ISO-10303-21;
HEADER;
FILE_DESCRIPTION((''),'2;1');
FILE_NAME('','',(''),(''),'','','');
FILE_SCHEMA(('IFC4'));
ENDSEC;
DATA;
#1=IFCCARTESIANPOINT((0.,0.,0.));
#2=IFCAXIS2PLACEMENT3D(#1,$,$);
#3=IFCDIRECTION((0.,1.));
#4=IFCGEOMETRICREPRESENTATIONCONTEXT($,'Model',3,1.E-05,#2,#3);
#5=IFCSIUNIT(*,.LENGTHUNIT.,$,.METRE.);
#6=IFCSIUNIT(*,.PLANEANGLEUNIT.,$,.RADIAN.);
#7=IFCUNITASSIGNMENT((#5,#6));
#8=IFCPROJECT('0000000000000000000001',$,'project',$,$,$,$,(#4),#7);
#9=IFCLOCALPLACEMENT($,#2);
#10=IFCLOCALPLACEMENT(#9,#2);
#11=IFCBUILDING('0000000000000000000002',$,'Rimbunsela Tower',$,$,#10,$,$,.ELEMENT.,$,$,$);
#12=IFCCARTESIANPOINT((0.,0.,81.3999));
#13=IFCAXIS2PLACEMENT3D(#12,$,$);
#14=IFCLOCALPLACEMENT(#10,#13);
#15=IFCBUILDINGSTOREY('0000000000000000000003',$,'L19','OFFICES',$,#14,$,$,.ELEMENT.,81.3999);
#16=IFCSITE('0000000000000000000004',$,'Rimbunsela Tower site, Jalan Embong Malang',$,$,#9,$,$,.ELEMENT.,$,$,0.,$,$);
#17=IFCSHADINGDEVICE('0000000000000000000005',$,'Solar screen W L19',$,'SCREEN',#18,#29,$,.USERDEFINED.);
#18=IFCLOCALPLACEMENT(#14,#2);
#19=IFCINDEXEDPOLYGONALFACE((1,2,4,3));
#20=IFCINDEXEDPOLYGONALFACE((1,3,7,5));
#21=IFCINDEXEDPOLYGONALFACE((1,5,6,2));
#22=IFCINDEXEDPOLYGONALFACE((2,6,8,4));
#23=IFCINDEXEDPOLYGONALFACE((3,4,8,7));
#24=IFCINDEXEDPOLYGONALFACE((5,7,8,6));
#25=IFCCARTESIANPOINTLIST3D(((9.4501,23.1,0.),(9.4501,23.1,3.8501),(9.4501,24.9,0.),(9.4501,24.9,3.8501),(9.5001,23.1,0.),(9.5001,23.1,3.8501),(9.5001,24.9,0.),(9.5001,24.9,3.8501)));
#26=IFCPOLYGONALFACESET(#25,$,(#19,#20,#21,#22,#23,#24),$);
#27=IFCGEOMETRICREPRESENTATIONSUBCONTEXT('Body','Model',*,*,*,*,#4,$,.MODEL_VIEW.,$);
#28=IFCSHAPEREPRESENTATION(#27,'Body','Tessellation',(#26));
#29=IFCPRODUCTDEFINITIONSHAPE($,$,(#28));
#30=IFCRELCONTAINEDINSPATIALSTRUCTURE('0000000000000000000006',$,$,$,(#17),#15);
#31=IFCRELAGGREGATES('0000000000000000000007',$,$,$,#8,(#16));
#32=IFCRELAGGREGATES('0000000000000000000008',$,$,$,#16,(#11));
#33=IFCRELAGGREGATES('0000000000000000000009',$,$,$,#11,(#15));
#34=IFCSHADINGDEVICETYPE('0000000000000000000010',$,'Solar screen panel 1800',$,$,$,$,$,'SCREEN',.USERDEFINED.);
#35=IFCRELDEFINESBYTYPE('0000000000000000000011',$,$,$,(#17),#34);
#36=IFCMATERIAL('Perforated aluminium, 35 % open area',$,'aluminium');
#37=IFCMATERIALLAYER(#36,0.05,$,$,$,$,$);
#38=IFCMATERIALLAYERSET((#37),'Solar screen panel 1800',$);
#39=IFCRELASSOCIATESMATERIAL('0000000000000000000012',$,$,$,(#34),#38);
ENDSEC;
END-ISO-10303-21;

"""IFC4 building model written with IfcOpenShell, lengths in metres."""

from ifc_helpers import new_model, si_unit, direction, frame, origin, origin_2d, place, context, subcontext, project, spatial, rectangle, extrude, material, layer, layer_set, type_object, element, save


model = new_model("IFC4")

# Units and contexts
model_context = context("Model", 3, precision=1e-05, world=origin(), true_north=direction((0.0, 1.0)))
body_context = subcontext(model_context, "Body", "Model", "MODEL_VIEW")
ifc_project = project(units=[si_unit("LENGTHUNIT", "METRE"), si_unit("PLANEANGLEUNIT", "RADIAN")], contexts=[model_context])

# Site, building, storey
site_placement = place(None, origin())
site = spatial("IfcSite", under=ifc_project, at=site_placement, Name="Rimbunsela Tower site, Jalan Embong Malang", CompositionType="ELEMENT", RefElevation=0.0)
building_placement = place(site_placement, origin())
building = spatial("IfcBuilding", under=site, at=building_placement, Name="Rimbunsela Tower", CompositionType="ELEMENT")
storey_placement = place(building_placement, frame((0.0, 0.0, 81.3999)))
storey = spatial("IfcBuildingStorey", under=building, at=storey_placement, Name="L19", Description="OFFICES", CompositionType="ELEMENT", Elevation=81.3999)

# Shading device
ifc_material_1 = material(Name="Perforated aluminium, 35 % open area", Category="aluminium")
ifc_layer_1 = layer(ifc_material_1, 0.05)
ifc_layer_set_1 = layer_set([ifc_layer_1], Name="Solar screen panel 1800")
shading_device_type = type_object("IfcShadingDeviceType", Name="Solar screen panel 1800", ElementType="SCREEN", PredefinedType="USERDEFINED", material=ifc_layer_set_1)
for number, where, z_axis, x_axis, name in (
    (1, (9.4751, 24.0, 0.0), (0.0, 0.0, 1.0), (0.0, 1.0, 0.0), "Solar screen W L19"),
):
    element("IfcShadingDevice", number, at=place(storey_placement, frame(where, z_axis=z_axis, x_axis=x_axis)), inside=storey, type_object=shading_device_type, Name=name, ObjectType="SCREEN", PredefinedType="USERDEFINED", context=body_context, shape_type="SweptSolid", body=[
        extrude(rectangle(XDim=1.8, YDim=0.05, at=origin_2d()), origin(), (0.0, 0.0, 1.0), 3.8501),
    ])

save(model, "model.ifc")
